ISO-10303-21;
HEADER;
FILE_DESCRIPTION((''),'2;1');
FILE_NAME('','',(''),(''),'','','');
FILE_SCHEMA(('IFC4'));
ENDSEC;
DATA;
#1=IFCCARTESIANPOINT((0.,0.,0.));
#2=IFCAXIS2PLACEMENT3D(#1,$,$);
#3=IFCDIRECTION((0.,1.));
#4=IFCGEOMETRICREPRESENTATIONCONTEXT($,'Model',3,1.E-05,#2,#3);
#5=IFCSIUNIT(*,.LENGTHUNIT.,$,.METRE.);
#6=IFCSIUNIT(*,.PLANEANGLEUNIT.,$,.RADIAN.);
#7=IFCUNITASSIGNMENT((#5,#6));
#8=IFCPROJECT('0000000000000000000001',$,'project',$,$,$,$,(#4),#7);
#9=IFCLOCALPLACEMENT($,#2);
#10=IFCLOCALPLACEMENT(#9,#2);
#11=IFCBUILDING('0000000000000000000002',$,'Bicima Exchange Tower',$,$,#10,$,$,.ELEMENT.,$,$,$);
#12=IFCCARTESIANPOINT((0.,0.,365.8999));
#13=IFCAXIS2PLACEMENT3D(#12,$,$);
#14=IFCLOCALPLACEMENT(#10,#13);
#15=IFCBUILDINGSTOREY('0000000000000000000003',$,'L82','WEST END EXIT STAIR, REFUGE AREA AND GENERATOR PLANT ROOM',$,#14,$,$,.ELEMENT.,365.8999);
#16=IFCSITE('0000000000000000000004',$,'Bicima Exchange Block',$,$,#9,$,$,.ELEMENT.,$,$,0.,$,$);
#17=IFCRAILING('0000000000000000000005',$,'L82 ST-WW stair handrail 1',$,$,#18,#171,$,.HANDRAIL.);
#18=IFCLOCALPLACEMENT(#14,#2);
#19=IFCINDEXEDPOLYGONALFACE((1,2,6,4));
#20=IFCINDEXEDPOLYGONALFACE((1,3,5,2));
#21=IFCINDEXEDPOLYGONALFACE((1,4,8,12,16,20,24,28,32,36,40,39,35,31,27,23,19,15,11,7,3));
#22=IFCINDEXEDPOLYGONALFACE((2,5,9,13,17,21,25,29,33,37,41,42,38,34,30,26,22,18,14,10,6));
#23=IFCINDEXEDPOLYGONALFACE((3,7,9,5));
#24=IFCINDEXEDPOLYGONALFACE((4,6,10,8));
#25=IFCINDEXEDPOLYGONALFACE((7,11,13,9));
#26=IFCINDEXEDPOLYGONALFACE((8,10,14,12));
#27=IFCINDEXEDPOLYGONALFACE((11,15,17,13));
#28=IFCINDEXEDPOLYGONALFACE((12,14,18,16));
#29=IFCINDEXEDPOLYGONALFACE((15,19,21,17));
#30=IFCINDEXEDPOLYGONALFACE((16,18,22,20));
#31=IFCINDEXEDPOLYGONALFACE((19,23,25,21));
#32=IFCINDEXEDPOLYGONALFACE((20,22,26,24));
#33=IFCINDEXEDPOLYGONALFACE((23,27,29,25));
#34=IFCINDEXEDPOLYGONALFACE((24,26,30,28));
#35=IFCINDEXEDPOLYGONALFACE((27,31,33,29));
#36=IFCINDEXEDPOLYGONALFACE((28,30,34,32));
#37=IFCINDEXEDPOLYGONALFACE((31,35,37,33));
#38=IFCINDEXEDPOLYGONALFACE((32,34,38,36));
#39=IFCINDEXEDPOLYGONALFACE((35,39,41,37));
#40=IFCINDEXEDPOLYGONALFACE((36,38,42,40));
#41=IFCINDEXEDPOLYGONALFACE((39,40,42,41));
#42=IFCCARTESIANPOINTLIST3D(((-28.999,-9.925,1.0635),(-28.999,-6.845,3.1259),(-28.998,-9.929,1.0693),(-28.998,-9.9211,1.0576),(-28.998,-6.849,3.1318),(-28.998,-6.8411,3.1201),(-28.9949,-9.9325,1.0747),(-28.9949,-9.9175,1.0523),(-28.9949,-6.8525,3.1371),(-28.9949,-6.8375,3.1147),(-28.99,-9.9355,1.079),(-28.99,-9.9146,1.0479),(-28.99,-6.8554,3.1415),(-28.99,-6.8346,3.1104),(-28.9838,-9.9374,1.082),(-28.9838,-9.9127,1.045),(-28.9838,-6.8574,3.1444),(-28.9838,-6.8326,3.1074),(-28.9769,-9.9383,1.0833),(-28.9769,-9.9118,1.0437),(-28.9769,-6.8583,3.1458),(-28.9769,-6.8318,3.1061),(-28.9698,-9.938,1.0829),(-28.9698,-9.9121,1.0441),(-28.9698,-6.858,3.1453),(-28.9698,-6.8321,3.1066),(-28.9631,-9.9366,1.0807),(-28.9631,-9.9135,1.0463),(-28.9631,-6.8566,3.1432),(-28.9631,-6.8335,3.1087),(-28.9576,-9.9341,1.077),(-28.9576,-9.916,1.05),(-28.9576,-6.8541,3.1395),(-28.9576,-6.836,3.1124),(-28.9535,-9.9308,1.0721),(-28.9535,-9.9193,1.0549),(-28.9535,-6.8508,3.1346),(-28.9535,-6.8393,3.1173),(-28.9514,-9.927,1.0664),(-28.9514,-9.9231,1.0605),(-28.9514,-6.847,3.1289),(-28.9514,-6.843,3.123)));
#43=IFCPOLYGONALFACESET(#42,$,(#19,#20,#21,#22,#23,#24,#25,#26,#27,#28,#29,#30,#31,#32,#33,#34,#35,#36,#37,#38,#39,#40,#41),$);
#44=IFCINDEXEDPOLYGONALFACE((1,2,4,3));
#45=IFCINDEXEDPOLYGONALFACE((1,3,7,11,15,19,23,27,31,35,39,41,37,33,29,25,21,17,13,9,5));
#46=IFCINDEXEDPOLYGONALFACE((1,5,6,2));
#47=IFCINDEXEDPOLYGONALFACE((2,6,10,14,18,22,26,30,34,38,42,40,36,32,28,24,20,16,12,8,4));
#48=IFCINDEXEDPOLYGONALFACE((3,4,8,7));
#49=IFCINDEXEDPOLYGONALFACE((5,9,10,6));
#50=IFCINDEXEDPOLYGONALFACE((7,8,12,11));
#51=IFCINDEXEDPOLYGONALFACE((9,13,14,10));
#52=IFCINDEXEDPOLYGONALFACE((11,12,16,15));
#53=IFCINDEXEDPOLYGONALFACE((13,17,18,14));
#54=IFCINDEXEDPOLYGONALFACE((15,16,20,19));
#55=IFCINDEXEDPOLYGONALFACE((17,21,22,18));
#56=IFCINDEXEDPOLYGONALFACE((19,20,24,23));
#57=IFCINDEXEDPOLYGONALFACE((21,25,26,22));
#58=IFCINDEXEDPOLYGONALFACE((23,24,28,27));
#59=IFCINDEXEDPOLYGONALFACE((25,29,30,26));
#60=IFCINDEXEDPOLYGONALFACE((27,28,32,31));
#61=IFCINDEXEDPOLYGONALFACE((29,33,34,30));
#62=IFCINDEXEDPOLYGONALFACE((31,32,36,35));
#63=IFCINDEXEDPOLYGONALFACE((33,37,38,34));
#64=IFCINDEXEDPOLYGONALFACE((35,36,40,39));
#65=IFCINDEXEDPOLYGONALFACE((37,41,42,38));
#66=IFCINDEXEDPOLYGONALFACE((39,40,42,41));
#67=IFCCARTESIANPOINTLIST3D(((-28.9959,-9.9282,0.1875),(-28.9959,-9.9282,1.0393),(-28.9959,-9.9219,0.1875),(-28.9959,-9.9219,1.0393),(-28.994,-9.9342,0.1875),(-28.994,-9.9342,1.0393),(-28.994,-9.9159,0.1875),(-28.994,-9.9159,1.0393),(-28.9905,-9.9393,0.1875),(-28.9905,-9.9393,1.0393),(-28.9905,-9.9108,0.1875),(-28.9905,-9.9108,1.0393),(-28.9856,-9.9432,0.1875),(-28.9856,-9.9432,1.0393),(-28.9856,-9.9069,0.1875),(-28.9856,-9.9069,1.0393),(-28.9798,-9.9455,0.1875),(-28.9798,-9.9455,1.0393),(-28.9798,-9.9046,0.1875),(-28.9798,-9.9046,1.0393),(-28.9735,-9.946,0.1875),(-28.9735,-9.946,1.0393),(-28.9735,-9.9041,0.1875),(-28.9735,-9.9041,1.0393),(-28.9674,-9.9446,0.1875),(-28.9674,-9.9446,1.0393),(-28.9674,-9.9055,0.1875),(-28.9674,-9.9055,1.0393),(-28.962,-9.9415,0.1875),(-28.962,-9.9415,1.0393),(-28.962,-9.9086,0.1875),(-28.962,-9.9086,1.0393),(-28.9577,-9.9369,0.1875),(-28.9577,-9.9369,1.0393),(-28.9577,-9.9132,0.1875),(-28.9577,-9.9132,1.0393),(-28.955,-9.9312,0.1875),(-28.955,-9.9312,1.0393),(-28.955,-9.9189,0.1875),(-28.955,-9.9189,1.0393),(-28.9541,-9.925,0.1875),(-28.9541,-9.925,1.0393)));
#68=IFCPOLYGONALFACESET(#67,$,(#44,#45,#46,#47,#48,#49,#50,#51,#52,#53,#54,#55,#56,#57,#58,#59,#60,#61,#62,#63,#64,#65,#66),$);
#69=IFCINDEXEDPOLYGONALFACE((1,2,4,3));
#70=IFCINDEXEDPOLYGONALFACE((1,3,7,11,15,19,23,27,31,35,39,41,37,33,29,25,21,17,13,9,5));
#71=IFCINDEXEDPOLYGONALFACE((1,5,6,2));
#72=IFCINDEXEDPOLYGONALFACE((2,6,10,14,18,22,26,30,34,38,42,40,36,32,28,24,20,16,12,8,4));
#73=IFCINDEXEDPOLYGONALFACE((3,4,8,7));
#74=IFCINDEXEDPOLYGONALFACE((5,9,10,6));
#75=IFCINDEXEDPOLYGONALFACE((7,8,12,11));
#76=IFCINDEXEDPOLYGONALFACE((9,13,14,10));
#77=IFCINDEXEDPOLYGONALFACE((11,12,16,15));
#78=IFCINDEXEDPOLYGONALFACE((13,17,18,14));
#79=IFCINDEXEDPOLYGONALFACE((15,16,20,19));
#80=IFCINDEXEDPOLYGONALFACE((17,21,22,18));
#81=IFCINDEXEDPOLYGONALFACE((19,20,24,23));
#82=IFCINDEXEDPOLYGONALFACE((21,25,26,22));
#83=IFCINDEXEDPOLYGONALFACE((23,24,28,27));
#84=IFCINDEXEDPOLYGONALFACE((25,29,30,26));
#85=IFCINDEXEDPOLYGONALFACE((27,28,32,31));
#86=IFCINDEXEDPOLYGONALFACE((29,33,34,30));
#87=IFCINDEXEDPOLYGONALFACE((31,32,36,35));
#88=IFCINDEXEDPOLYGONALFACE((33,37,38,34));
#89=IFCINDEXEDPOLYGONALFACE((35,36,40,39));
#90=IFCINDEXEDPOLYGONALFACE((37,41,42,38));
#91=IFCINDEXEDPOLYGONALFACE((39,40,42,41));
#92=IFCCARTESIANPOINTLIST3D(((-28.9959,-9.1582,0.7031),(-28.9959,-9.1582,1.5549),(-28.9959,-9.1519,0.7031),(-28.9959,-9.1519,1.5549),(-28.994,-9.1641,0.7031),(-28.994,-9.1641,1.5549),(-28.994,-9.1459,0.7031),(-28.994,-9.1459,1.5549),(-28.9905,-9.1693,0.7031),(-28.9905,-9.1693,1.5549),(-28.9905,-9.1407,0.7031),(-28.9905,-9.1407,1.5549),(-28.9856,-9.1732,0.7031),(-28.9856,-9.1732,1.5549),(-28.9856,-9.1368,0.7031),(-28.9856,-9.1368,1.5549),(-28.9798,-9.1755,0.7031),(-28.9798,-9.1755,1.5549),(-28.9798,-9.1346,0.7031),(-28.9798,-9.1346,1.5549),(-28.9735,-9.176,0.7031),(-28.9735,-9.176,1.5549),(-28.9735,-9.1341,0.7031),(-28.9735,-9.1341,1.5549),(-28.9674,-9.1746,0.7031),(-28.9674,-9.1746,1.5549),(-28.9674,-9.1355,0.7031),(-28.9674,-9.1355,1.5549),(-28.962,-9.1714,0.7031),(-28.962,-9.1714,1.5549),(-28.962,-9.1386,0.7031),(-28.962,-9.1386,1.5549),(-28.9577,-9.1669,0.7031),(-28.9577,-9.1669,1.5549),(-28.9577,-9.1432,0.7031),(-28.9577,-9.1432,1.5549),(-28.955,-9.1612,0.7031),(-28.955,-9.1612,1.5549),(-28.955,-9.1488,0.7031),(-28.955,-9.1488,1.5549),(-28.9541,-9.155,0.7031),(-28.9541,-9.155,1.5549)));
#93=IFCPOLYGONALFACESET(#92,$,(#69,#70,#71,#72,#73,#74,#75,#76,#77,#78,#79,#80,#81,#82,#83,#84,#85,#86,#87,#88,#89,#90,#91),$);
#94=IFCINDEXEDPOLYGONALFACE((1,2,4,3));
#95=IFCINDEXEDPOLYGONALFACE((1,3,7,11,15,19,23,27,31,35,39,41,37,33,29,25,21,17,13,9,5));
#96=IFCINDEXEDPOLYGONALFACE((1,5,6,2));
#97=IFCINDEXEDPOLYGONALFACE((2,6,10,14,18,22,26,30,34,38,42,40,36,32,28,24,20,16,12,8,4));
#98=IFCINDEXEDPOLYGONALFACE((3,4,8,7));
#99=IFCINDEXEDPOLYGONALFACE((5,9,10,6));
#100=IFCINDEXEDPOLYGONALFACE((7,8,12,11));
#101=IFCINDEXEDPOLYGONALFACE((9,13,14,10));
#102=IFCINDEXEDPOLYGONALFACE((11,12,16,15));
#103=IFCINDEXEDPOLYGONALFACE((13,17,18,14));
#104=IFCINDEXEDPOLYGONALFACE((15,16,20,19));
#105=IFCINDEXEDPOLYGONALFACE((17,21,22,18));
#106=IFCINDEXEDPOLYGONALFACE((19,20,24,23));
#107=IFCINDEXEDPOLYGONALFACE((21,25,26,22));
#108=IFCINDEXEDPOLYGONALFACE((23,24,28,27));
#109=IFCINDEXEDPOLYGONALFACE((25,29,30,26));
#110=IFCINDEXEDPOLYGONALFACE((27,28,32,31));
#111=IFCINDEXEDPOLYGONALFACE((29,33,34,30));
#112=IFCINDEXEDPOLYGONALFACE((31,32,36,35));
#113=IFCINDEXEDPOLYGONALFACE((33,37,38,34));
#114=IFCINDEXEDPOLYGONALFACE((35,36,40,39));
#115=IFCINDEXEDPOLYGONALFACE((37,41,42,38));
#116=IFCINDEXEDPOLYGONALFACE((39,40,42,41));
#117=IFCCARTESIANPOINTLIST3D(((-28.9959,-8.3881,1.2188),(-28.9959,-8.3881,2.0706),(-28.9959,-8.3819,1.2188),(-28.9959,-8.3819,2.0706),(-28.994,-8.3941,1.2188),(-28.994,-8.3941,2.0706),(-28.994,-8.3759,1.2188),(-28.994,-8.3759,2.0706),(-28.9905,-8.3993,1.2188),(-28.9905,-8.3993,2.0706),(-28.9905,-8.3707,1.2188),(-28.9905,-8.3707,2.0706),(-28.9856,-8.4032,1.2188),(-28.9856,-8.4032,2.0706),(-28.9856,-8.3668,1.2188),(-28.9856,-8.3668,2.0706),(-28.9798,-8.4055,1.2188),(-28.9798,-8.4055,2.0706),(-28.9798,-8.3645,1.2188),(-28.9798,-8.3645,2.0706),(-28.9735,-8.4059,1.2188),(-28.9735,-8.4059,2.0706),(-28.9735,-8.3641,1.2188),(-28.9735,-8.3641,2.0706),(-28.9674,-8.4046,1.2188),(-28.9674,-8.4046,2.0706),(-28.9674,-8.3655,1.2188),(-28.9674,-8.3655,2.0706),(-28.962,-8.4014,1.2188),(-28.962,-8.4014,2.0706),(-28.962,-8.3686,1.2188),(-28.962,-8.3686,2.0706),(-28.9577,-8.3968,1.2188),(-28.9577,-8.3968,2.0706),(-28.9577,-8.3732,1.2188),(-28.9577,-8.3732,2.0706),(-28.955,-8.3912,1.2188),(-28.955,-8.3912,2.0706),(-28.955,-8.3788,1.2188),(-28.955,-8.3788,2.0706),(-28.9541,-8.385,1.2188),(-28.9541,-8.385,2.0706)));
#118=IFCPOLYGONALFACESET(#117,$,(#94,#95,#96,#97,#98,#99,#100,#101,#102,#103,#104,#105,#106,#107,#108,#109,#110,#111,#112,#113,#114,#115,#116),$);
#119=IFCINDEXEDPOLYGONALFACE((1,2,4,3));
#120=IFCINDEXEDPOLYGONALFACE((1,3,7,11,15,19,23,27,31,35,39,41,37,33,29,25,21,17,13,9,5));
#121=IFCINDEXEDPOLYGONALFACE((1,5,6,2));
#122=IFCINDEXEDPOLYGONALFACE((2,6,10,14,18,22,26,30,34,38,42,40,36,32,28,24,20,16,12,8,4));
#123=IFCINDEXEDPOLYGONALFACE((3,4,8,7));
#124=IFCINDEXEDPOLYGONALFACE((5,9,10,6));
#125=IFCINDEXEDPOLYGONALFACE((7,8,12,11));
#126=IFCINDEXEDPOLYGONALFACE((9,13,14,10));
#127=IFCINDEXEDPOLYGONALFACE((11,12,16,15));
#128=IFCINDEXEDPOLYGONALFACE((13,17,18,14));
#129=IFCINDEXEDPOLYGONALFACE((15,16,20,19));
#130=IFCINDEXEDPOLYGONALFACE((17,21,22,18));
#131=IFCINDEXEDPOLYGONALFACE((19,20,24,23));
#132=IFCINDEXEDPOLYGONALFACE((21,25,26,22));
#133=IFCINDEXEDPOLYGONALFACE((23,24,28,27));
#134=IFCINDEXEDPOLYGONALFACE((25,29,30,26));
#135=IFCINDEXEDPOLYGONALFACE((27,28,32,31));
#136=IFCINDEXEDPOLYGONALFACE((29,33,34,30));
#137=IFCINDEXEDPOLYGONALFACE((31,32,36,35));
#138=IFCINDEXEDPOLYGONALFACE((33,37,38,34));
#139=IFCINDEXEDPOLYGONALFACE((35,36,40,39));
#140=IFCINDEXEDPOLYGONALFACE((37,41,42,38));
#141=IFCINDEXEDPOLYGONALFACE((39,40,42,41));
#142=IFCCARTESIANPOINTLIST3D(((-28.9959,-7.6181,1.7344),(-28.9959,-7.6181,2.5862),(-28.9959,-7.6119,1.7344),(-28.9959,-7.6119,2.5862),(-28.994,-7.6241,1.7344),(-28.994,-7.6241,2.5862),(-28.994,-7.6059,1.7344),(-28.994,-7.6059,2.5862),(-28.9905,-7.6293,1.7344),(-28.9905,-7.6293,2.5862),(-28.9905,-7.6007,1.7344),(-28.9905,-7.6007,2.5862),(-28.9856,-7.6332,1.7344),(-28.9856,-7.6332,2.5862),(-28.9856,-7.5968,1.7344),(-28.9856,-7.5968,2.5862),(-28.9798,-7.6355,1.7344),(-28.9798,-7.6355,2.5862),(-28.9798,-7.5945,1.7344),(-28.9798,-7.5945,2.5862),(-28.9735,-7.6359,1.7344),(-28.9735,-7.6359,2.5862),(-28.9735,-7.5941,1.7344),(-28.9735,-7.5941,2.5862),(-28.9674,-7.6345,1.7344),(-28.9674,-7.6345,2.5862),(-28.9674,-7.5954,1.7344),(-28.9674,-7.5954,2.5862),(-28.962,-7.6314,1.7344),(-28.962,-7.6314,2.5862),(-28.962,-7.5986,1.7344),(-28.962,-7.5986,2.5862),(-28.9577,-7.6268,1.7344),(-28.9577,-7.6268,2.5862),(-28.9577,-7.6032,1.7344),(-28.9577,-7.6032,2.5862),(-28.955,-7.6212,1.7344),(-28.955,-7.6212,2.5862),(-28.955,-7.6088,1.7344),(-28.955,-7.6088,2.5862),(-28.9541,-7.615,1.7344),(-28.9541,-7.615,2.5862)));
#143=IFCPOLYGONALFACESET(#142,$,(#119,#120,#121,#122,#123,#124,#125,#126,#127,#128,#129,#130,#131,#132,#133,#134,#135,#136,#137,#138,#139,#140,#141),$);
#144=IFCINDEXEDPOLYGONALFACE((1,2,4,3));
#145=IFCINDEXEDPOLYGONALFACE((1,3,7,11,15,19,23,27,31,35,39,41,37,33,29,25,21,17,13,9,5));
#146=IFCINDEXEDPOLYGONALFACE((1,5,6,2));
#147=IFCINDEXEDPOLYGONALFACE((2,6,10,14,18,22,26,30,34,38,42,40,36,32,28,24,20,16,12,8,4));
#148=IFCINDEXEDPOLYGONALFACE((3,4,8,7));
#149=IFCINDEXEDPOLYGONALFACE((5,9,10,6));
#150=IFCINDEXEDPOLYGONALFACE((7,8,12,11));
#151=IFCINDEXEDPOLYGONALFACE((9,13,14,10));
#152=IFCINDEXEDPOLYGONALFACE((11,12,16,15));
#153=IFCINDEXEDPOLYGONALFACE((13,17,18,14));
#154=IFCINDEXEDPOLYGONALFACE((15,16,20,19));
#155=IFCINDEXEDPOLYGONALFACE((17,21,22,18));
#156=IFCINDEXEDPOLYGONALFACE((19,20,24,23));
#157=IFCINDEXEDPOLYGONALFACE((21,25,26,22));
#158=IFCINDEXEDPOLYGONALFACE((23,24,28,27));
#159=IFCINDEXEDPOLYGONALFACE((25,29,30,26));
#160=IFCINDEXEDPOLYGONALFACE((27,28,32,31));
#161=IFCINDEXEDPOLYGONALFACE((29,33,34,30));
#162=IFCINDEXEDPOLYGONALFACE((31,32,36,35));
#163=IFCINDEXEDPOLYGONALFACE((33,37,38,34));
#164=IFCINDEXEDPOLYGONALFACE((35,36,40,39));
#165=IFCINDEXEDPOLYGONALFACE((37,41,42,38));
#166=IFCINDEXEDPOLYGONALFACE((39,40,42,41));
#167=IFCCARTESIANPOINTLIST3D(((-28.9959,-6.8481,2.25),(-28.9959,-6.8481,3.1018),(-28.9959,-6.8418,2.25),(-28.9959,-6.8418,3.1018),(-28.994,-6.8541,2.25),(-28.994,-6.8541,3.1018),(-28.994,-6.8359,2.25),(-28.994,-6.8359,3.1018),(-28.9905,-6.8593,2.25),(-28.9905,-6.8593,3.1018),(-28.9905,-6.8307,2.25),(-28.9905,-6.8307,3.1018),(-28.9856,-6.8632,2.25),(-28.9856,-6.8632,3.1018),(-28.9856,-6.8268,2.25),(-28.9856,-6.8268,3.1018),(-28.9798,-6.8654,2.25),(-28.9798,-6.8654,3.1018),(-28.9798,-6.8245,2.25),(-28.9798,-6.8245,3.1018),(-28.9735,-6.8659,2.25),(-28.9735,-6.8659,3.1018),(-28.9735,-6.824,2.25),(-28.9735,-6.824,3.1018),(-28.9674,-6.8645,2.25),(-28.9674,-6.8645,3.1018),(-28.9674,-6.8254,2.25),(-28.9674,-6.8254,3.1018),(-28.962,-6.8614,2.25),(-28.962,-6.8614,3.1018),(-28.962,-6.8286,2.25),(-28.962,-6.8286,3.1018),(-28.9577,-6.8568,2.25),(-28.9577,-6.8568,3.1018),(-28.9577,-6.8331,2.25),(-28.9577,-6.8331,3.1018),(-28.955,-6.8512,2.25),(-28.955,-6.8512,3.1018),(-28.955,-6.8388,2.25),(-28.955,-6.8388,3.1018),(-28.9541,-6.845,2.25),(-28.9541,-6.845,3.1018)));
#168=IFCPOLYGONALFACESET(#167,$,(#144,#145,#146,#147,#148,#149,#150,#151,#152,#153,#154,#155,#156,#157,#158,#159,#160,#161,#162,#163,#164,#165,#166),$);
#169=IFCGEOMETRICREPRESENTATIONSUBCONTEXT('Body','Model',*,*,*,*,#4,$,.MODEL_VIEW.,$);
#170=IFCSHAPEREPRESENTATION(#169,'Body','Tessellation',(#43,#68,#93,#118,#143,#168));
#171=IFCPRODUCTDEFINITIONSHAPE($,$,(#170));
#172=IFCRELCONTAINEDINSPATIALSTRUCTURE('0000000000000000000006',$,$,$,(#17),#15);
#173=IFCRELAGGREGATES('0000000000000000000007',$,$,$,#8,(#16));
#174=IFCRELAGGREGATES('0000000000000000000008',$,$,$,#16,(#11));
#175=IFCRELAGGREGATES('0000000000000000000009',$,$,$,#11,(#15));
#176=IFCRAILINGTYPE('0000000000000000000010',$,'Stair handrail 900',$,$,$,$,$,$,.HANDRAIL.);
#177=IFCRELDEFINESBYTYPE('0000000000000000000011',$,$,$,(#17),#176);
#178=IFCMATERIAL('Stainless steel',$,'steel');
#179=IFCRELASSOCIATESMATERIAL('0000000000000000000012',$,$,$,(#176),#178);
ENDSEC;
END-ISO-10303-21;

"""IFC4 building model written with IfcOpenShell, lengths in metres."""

from ifc_helpers import new_model, si_unit, direction, frame, origin, origin_2d, place, context, subcontext, project, spatial, circle, extrude, material, type_object, element, save


model = new_model("IFC4")

# Units and contexts
model_context = context("Model", 3, precision=1e-05, world=origin(), true_north=direction((0.0, 1.0)))
body_context = subcontext(model_context, "Body", "Model", "MODEL_VIEW")
ifc_project = project(units=[si_unit("LENGTHUNIT", "METRE"), si_unit("PLANEANGLEUNIT", "RADIAN")], contexts=[model_context])

# Site, building, storey
site_placement = place(None, origin())
site = spatial("IfcSite", under=ifc_project, at=site_placement, Name="Bicima Exchange Block", CompositionType="ELEMENT", RefElevation=0.0)
building_placement = place(site_placement, origin())
building = spatial("IfcBuilding", under=site, at=building_placement, Name="Bicima Exchange Tower", CompositionType="ELEMENT")
storey_placement = place(building_placement, frame((0.0, 0.0, 365.8999)))
storey = spatial("IfcBuildingStorey", under=building, at=storey_placement, Name="L82", Description="WEST END EXIT STAIR, REFUGE AREA AND GENERATOR PLANT ROOM", CompositionType="ELEMENT", Elevation=365.8999)

# Railing
ifc_material_1 = material(Name="Stainless steel", Category="steel")
railing_type_1 = type_object("IfcRailingType", Name="Stair handrail 900", PredefinedType="HANDRAIL", material=ifc_material_1)
railing_1_placement = place(storey_placement, frame((-28.9751, -9.925, 0.1875)))
element("IfcRailing", 1, at=railing_1_placement, inside=storey, type_object=railing_type_1, Name="L82 ST-WW stair handrail 1", PredefinedType="HANDRAIL", context=body_context, shape_type="SweptSolid", body=[
    extrude(circle(Radius=0.0239, at=origin_2d()), frame((0.0, 0.0, 0.876), z_axis=(0.0, 0.830914, 0.556401), x_axis=(-1.0, 0.0, 0.0)), (0.0, 0.0, 1.0), 3.7068),
    extrude(circle(Radius=0.021, at=origin_2d()), origin(), (0.0, 0.0, 1.0), 0.8518),
    extrude(circle(Radius=0.021, at=origin_2d()), frame((0.0, 0.77, 0.5156)), (0.0, 0.0, 1.0), 0.8518),
    extrude(circle(Radius=0.021, at=origin_2d()), frame((0.0, 1.54, 1.0312)), (0.0, 0.0, 1.0), 0.8518),
    extrude(circle(Radius=0.021, at=origin_2d()), frame((0.0, 2.3101, 1.5469)), (0.0, 0.0, 1.0), 0.8518),
    extrude(circle(Radius=0.021, at=origin_2d()), frame((0.0, 3.0801, 2.0625)), (0.0, 0.0, 1.0), 0.8518),
])

save(model, "model.ifc")
